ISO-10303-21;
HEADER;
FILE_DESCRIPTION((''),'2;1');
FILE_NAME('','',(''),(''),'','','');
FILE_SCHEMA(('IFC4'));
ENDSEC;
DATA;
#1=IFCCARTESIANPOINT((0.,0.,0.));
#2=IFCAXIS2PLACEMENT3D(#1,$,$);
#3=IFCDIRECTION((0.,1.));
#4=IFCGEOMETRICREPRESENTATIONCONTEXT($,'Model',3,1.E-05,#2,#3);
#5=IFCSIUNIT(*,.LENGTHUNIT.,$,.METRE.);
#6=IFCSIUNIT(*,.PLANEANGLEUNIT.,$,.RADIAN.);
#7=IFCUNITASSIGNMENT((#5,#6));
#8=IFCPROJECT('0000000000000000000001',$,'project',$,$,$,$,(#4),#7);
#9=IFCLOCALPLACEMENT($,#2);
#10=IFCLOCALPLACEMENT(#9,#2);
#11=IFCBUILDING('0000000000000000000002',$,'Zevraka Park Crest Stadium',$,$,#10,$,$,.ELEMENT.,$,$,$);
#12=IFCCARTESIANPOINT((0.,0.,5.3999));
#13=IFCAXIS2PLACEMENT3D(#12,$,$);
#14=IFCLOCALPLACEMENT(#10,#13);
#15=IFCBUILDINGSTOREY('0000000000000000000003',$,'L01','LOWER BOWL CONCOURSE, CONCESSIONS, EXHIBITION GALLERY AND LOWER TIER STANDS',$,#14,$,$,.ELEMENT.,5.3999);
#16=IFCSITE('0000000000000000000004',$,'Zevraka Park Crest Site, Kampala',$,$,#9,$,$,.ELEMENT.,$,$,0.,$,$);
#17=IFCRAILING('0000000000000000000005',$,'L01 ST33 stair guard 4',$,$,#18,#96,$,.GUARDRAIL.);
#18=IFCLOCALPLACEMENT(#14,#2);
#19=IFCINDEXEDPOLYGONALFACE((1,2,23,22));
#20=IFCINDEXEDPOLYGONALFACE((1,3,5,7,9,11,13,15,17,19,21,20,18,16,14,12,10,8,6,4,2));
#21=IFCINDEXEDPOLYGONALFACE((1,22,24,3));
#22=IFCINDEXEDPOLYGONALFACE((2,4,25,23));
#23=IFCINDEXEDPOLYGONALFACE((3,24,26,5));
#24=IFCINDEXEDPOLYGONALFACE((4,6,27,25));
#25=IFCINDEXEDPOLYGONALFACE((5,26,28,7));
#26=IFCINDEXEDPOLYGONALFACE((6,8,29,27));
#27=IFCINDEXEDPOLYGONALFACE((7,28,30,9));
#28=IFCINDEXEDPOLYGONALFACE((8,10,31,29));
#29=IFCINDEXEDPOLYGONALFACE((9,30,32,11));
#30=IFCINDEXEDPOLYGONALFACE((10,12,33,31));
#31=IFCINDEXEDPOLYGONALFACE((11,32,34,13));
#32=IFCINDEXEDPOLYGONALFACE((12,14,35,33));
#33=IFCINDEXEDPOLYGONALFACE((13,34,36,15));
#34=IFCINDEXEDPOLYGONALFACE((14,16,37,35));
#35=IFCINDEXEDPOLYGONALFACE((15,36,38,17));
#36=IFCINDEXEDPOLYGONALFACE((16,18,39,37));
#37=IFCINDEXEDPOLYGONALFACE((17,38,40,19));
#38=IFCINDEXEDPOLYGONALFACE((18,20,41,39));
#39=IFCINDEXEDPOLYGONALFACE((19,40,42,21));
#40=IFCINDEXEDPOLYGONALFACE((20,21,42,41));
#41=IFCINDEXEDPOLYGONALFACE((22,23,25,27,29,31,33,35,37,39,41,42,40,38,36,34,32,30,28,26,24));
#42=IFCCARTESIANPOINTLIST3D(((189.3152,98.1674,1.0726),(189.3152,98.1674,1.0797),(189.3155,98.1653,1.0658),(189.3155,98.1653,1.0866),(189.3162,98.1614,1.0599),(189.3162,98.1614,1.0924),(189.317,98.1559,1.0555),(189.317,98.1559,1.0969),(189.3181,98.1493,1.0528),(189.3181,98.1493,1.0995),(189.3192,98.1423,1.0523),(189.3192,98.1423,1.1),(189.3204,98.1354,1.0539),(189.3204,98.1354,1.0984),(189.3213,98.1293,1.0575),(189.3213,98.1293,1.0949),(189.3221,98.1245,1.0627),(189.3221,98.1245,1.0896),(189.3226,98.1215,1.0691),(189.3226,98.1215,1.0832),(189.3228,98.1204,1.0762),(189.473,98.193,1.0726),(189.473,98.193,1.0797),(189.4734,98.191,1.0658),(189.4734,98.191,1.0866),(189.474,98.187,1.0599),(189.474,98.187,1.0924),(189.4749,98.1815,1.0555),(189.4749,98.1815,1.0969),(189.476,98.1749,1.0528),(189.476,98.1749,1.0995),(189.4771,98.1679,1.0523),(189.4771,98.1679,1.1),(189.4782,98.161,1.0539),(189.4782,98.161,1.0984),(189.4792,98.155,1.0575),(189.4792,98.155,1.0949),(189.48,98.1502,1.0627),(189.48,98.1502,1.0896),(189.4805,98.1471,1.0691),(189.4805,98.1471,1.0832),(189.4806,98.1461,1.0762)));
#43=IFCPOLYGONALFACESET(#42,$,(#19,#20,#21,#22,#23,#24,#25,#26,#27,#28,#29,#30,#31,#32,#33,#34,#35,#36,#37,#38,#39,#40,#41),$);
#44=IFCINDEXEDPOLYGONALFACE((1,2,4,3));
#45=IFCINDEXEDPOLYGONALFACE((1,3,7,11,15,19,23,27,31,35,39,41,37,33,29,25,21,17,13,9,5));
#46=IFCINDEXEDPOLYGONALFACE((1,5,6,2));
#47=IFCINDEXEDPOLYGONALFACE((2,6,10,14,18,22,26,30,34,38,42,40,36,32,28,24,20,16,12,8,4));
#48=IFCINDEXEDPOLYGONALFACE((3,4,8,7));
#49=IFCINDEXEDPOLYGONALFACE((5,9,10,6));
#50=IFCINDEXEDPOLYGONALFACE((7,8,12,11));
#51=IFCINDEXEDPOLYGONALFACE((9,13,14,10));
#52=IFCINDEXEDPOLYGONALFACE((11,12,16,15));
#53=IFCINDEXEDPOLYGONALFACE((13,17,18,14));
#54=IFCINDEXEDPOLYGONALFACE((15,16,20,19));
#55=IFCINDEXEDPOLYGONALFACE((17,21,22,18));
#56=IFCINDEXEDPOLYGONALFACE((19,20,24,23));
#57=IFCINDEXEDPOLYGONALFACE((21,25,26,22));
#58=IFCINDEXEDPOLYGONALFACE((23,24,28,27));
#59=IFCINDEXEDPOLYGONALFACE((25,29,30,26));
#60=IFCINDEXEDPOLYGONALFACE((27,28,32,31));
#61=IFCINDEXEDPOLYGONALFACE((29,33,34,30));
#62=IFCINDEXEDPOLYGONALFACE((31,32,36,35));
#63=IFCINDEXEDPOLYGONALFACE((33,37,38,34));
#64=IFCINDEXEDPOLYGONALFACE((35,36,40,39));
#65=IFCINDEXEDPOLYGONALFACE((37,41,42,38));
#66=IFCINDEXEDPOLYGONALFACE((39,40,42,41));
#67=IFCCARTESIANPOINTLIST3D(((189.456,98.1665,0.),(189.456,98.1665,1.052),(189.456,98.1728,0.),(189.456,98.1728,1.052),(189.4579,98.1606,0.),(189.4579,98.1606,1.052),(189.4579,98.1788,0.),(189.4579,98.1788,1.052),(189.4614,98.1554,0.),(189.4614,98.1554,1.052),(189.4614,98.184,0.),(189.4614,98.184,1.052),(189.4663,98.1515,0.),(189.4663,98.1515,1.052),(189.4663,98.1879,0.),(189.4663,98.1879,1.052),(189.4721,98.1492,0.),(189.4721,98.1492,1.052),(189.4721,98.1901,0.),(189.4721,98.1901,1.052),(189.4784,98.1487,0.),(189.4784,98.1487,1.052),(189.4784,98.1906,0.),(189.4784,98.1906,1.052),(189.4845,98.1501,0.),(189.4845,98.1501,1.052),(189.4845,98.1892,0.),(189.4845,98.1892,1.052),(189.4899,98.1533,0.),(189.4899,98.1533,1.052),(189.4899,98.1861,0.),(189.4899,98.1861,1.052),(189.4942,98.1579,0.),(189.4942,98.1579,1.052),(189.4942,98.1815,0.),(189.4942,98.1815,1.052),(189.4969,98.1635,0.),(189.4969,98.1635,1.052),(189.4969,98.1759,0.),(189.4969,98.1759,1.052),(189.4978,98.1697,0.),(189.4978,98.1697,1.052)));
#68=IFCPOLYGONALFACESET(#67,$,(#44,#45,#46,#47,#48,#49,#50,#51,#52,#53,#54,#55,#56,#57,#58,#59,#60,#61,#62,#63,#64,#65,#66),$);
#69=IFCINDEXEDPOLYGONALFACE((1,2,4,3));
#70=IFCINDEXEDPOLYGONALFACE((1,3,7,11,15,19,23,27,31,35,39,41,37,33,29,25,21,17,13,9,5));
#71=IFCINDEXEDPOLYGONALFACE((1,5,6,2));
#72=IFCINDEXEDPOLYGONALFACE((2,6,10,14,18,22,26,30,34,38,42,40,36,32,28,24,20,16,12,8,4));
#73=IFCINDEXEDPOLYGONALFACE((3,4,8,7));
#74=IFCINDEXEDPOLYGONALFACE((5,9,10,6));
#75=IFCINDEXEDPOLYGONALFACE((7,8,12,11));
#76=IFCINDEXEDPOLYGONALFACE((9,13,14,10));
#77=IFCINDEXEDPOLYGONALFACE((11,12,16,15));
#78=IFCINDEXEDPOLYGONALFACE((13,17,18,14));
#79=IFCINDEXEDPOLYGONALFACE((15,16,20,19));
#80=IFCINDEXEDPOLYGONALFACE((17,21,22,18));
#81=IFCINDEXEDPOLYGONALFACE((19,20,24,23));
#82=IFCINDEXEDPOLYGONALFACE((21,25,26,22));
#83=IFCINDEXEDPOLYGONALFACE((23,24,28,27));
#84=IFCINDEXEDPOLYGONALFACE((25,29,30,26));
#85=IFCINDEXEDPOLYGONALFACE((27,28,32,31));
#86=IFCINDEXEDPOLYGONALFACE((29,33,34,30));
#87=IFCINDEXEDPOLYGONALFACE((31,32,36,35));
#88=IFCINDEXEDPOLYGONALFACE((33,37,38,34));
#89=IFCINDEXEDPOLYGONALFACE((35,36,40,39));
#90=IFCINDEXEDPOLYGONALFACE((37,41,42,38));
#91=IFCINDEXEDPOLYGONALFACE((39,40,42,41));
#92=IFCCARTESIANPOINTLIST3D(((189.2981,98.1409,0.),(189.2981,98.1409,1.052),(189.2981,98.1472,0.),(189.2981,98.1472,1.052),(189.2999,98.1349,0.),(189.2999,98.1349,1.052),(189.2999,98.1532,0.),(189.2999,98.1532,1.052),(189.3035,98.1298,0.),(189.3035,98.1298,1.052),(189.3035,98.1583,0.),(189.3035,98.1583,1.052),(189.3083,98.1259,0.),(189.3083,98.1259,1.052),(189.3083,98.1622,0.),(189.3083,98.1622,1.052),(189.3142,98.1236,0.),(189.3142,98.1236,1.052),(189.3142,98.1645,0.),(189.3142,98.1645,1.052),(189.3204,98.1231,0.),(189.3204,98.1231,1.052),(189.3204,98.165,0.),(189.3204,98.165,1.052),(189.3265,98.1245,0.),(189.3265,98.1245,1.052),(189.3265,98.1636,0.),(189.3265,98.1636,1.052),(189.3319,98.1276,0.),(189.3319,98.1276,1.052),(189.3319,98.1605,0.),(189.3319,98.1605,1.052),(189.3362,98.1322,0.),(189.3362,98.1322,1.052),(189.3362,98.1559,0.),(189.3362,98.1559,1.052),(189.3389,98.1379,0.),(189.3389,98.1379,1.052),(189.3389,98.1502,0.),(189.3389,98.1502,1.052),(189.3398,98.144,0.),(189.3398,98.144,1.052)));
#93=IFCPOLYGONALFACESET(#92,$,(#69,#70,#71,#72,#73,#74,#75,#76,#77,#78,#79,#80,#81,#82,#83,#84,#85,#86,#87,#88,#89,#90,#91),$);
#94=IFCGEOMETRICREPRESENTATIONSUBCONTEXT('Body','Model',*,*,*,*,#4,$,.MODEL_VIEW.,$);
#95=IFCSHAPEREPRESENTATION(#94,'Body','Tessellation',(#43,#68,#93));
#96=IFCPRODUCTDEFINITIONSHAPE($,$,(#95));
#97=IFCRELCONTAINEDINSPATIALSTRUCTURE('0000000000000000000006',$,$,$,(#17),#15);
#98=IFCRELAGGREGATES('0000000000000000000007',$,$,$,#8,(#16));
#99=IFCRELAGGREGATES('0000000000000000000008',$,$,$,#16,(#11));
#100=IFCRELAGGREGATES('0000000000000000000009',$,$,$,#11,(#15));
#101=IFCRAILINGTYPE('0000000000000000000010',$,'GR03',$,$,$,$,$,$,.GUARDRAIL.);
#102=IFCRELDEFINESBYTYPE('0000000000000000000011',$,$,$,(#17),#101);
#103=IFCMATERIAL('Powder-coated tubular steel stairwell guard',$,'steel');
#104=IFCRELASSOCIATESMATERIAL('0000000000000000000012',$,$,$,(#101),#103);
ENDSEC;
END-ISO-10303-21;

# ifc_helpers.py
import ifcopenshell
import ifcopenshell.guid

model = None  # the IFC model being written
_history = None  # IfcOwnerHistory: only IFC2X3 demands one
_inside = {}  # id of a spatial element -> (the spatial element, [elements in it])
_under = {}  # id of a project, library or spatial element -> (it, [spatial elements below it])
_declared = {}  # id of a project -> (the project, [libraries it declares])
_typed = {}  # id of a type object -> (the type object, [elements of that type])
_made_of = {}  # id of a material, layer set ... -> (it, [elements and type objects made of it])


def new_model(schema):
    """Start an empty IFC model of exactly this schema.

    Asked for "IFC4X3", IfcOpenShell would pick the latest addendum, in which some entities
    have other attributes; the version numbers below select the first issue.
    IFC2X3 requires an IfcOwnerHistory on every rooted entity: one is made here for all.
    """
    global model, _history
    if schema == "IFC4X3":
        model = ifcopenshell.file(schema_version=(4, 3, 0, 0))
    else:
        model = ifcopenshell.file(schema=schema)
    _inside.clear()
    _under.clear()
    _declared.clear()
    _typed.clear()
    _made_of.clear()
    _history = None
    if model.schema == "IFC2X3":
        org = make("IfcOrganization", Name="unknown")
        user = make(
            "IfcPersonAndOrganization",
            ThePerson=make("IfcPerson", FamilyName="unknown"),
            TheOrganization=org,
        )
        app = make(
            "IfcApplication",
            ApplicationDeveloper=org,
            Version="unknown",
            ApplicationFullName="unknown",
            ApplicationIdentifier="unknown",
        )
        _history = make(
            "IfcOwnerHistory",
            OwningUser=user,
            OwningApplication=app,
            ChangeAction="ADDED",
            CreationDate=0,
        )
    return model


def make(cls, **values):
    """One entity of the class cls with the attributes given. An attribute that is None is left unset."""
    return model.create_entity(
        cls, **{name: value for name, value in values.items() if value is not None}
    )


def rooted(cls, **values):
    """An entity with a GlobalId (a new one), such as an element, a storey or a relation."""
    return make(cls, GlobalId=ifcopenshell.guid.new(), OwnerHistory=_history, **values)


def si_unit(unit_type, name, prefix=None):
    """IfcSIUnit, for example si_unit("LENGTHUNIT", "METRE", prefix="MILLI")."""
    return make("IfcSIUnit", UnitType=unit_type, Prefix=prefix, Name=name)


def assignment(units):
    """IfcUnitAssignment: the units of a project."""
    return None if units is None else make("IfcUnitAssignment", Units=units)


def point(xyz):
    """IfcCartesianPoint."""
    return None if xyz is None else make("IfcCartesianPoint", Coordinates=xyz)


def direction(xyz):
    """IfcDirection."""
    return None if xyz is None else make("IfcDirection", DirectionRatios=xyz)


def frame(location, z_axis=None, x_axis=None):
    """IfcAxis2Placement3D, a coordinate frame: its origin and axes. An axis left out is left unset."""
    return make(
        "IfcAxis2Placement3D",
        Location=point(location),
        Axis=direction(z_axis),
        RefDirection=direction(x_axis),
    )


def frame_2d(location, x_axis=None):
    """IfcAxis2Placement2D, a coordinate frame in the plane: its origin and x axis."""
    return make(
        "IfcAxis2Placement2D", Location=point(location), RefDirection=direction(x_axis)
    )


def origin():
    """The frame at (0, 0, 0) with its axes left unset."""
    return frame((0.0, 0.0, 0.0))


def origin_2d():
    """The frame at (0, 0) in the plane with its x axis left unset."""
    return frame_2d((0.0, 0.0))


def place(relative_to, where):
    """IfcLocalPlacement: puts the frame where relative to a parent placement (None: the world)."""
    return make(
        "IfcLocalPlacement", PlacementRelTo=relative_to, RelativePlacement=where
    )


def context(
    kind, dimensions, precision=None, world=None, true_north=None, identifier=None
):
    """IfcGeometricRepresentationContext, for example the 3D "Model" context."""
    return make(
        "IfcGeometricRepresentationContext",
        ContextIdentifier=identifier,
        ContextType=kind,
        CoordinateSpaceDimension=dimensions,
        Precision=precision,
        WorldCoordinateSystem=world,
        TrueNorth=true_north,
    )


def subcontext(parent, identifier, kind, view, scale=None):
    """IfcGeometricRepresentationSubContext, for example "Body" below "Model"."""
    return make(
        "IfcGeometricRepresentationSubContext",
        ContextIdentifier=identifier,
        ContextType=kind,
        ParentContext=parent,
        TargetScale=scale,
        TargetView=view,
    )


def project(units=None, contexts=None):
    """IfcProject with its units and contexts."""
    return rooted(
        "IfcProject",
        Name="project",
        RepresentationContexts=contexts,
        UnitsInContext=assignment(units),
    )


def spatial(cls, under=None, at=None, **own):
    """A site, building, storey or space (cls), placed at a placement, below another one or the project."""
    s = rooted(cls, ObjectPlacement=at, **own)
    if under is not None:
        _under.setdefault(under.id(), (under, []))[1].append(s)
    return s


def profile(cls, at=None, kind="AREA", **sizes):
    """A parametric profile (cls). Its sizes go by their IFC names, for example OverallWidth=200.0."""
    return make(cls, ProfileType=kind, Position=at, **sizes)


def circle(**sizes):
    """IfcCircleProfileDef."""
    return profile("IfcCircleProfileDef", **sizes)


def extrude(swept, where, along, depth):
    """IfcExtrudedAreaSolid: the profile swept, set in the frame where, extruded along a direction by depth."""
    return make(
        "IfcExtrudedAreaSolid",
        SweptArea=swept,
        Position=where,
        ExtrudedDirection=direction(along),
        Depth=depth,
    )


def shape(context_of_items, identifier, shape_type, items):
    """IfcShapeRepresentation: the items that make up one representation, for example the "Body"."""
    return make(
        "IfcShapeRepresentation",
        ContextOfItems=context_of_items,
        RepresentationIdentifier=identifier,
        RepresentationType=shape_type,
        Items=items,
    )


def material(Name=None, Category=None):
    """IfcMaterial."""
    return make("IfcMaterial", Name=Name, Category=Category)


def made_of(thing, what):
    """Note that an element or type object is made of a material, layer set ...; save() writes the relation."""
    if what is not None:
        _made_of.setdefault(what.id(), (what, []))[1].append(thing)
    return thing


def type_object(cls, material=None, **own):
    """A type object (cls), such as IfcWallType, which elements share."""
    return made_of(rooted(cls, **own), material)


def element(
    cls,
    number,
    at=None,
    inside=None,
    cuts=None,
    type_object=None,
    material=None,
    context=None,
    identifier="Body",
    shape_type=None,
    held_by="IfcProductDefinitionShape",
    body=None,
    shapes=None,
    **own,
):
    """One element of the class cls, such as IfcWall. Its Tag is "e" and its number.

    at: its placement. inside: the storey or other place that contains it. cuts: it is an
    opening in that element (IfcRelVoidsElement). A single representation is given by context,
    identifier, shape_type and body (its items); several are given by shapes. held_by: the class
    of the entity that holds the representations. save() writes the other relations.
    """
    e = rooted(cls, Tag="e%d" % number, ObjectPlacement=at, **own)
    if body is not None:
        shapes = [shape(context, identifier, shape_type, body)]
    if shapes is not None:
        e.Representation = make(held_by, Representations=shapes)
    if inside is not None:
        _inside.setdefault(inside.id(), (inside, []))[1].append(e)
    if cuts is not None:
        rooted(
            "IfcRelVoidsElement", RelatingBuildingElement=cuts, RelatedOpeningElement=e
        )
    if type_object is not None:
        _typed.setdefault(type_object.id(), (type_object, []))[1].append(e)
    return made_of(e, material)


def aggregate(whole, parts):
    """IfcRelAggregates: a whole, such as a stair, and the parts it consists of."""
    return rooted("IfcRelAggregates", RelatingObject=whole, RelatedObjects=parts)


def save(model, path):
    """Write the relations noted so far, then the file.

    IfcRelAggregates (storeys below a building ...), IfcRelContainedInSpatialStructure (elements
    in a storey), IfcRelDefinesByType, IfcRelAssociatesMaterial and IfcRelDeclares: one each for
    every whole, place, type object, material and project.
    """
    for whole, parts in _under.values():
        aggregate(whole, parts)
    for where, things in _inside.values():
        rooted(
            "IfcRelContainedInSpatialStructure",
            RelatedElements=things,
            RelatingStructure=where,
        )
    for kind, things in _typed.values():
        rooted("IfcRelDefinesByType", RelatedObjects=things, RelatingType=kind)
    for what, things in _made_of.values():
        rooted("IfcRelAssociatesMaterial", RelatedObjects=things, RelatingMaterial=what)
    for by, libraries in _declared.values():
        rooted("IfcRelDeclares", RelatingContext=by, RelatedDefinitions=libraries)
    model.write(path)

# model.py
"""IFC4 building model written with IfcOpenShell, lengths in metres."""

from ifc_helpers import new_model, si_unit, direction, frame, origin, origin_2d, place, context, subcontext, project, spatial, circle, extrude, material, type_object, element, save


model = new_model("IFC4")

# Units and contexts
model_context = context("Model", 3, precision=1e-05, world=origin(), true_north=direction((0.0, 1.0)))
body_context = subcontext(model_context, "Body", "Model", "MODEL_VIEW")
ifc_project = project(units=[si_unit("LENGTHUNIT", "METRE"), si_unit("PLANEANGLEUNIT", "RADIAN")], contexts=[model_context])

# Site, building, storey
site_placement = place(None, origin())
site = spatial("IfcSite", under=ifc_project, at=site_placement, Name="Zevraka Park Crest Site, Kampala", CompositionType="ELEMENT", RefElevation=0.0)
building_placement = place(site_placement, origin())
building = spatial("IfcBuilding", under=site, at=building_placement, Name="Zevraka Park Crest Stadium", CompositionType="ELEMENT")
storey_placement = place(building_placement, frame((0.0, 0.0, 5.3999)))
storey = spatial("IfcBuildingStorey", under=building, at=storey_placement, Name="L01", Description="LOWER BOWL CONCOURSE, CONCESSIONS, EXHIBITION GALLERY AND LOWER TIER STANDS", CompositionType="ELEMENT", Elevation=5.3999)

# Railing
ifc_material_1 = material(Name="Powder-coated tubular steel stairwell guard", Category="steel")
railing_type_1 = type_object("IfcRailingType", Name="GR03", PredefinedType="GUARDRAIL", material=ifc_material_1)
railing_1_placement = place(storey_placement, frame((189.4768, 98.1697, 0.0)))
element("IfcRailing", 1, at=railing_1_placement, inside=storey, type_object=railing_type_1, Name="L01 ST33 stair guard 4", PredefinedType="GUARDRAIL", context=body_context, shape_type="SweptSolid", body=[
    extrude(circle(Radius=0.0239, at=origin_2d()), frame((0.0, 0.0, 1.0762), z_axis=(-0.987086, -0.160192, 0.0), x_axis=(0.160192, -0.987086, 0.0)), (0.0, 0.0, 1.0), 0.1599),
    extrude(circle(Radius=0.021, at=origin_2d()), origin(), (0.0, 0.0, 1.0), 1.052),
    extrude(circle(Radius=0.021, at=origin_2d()), frame((-0.158, -0.0256, 0.0)), (0.0, 0.0, 1.0), 1.052),
])

save(model, "model.ifc")
